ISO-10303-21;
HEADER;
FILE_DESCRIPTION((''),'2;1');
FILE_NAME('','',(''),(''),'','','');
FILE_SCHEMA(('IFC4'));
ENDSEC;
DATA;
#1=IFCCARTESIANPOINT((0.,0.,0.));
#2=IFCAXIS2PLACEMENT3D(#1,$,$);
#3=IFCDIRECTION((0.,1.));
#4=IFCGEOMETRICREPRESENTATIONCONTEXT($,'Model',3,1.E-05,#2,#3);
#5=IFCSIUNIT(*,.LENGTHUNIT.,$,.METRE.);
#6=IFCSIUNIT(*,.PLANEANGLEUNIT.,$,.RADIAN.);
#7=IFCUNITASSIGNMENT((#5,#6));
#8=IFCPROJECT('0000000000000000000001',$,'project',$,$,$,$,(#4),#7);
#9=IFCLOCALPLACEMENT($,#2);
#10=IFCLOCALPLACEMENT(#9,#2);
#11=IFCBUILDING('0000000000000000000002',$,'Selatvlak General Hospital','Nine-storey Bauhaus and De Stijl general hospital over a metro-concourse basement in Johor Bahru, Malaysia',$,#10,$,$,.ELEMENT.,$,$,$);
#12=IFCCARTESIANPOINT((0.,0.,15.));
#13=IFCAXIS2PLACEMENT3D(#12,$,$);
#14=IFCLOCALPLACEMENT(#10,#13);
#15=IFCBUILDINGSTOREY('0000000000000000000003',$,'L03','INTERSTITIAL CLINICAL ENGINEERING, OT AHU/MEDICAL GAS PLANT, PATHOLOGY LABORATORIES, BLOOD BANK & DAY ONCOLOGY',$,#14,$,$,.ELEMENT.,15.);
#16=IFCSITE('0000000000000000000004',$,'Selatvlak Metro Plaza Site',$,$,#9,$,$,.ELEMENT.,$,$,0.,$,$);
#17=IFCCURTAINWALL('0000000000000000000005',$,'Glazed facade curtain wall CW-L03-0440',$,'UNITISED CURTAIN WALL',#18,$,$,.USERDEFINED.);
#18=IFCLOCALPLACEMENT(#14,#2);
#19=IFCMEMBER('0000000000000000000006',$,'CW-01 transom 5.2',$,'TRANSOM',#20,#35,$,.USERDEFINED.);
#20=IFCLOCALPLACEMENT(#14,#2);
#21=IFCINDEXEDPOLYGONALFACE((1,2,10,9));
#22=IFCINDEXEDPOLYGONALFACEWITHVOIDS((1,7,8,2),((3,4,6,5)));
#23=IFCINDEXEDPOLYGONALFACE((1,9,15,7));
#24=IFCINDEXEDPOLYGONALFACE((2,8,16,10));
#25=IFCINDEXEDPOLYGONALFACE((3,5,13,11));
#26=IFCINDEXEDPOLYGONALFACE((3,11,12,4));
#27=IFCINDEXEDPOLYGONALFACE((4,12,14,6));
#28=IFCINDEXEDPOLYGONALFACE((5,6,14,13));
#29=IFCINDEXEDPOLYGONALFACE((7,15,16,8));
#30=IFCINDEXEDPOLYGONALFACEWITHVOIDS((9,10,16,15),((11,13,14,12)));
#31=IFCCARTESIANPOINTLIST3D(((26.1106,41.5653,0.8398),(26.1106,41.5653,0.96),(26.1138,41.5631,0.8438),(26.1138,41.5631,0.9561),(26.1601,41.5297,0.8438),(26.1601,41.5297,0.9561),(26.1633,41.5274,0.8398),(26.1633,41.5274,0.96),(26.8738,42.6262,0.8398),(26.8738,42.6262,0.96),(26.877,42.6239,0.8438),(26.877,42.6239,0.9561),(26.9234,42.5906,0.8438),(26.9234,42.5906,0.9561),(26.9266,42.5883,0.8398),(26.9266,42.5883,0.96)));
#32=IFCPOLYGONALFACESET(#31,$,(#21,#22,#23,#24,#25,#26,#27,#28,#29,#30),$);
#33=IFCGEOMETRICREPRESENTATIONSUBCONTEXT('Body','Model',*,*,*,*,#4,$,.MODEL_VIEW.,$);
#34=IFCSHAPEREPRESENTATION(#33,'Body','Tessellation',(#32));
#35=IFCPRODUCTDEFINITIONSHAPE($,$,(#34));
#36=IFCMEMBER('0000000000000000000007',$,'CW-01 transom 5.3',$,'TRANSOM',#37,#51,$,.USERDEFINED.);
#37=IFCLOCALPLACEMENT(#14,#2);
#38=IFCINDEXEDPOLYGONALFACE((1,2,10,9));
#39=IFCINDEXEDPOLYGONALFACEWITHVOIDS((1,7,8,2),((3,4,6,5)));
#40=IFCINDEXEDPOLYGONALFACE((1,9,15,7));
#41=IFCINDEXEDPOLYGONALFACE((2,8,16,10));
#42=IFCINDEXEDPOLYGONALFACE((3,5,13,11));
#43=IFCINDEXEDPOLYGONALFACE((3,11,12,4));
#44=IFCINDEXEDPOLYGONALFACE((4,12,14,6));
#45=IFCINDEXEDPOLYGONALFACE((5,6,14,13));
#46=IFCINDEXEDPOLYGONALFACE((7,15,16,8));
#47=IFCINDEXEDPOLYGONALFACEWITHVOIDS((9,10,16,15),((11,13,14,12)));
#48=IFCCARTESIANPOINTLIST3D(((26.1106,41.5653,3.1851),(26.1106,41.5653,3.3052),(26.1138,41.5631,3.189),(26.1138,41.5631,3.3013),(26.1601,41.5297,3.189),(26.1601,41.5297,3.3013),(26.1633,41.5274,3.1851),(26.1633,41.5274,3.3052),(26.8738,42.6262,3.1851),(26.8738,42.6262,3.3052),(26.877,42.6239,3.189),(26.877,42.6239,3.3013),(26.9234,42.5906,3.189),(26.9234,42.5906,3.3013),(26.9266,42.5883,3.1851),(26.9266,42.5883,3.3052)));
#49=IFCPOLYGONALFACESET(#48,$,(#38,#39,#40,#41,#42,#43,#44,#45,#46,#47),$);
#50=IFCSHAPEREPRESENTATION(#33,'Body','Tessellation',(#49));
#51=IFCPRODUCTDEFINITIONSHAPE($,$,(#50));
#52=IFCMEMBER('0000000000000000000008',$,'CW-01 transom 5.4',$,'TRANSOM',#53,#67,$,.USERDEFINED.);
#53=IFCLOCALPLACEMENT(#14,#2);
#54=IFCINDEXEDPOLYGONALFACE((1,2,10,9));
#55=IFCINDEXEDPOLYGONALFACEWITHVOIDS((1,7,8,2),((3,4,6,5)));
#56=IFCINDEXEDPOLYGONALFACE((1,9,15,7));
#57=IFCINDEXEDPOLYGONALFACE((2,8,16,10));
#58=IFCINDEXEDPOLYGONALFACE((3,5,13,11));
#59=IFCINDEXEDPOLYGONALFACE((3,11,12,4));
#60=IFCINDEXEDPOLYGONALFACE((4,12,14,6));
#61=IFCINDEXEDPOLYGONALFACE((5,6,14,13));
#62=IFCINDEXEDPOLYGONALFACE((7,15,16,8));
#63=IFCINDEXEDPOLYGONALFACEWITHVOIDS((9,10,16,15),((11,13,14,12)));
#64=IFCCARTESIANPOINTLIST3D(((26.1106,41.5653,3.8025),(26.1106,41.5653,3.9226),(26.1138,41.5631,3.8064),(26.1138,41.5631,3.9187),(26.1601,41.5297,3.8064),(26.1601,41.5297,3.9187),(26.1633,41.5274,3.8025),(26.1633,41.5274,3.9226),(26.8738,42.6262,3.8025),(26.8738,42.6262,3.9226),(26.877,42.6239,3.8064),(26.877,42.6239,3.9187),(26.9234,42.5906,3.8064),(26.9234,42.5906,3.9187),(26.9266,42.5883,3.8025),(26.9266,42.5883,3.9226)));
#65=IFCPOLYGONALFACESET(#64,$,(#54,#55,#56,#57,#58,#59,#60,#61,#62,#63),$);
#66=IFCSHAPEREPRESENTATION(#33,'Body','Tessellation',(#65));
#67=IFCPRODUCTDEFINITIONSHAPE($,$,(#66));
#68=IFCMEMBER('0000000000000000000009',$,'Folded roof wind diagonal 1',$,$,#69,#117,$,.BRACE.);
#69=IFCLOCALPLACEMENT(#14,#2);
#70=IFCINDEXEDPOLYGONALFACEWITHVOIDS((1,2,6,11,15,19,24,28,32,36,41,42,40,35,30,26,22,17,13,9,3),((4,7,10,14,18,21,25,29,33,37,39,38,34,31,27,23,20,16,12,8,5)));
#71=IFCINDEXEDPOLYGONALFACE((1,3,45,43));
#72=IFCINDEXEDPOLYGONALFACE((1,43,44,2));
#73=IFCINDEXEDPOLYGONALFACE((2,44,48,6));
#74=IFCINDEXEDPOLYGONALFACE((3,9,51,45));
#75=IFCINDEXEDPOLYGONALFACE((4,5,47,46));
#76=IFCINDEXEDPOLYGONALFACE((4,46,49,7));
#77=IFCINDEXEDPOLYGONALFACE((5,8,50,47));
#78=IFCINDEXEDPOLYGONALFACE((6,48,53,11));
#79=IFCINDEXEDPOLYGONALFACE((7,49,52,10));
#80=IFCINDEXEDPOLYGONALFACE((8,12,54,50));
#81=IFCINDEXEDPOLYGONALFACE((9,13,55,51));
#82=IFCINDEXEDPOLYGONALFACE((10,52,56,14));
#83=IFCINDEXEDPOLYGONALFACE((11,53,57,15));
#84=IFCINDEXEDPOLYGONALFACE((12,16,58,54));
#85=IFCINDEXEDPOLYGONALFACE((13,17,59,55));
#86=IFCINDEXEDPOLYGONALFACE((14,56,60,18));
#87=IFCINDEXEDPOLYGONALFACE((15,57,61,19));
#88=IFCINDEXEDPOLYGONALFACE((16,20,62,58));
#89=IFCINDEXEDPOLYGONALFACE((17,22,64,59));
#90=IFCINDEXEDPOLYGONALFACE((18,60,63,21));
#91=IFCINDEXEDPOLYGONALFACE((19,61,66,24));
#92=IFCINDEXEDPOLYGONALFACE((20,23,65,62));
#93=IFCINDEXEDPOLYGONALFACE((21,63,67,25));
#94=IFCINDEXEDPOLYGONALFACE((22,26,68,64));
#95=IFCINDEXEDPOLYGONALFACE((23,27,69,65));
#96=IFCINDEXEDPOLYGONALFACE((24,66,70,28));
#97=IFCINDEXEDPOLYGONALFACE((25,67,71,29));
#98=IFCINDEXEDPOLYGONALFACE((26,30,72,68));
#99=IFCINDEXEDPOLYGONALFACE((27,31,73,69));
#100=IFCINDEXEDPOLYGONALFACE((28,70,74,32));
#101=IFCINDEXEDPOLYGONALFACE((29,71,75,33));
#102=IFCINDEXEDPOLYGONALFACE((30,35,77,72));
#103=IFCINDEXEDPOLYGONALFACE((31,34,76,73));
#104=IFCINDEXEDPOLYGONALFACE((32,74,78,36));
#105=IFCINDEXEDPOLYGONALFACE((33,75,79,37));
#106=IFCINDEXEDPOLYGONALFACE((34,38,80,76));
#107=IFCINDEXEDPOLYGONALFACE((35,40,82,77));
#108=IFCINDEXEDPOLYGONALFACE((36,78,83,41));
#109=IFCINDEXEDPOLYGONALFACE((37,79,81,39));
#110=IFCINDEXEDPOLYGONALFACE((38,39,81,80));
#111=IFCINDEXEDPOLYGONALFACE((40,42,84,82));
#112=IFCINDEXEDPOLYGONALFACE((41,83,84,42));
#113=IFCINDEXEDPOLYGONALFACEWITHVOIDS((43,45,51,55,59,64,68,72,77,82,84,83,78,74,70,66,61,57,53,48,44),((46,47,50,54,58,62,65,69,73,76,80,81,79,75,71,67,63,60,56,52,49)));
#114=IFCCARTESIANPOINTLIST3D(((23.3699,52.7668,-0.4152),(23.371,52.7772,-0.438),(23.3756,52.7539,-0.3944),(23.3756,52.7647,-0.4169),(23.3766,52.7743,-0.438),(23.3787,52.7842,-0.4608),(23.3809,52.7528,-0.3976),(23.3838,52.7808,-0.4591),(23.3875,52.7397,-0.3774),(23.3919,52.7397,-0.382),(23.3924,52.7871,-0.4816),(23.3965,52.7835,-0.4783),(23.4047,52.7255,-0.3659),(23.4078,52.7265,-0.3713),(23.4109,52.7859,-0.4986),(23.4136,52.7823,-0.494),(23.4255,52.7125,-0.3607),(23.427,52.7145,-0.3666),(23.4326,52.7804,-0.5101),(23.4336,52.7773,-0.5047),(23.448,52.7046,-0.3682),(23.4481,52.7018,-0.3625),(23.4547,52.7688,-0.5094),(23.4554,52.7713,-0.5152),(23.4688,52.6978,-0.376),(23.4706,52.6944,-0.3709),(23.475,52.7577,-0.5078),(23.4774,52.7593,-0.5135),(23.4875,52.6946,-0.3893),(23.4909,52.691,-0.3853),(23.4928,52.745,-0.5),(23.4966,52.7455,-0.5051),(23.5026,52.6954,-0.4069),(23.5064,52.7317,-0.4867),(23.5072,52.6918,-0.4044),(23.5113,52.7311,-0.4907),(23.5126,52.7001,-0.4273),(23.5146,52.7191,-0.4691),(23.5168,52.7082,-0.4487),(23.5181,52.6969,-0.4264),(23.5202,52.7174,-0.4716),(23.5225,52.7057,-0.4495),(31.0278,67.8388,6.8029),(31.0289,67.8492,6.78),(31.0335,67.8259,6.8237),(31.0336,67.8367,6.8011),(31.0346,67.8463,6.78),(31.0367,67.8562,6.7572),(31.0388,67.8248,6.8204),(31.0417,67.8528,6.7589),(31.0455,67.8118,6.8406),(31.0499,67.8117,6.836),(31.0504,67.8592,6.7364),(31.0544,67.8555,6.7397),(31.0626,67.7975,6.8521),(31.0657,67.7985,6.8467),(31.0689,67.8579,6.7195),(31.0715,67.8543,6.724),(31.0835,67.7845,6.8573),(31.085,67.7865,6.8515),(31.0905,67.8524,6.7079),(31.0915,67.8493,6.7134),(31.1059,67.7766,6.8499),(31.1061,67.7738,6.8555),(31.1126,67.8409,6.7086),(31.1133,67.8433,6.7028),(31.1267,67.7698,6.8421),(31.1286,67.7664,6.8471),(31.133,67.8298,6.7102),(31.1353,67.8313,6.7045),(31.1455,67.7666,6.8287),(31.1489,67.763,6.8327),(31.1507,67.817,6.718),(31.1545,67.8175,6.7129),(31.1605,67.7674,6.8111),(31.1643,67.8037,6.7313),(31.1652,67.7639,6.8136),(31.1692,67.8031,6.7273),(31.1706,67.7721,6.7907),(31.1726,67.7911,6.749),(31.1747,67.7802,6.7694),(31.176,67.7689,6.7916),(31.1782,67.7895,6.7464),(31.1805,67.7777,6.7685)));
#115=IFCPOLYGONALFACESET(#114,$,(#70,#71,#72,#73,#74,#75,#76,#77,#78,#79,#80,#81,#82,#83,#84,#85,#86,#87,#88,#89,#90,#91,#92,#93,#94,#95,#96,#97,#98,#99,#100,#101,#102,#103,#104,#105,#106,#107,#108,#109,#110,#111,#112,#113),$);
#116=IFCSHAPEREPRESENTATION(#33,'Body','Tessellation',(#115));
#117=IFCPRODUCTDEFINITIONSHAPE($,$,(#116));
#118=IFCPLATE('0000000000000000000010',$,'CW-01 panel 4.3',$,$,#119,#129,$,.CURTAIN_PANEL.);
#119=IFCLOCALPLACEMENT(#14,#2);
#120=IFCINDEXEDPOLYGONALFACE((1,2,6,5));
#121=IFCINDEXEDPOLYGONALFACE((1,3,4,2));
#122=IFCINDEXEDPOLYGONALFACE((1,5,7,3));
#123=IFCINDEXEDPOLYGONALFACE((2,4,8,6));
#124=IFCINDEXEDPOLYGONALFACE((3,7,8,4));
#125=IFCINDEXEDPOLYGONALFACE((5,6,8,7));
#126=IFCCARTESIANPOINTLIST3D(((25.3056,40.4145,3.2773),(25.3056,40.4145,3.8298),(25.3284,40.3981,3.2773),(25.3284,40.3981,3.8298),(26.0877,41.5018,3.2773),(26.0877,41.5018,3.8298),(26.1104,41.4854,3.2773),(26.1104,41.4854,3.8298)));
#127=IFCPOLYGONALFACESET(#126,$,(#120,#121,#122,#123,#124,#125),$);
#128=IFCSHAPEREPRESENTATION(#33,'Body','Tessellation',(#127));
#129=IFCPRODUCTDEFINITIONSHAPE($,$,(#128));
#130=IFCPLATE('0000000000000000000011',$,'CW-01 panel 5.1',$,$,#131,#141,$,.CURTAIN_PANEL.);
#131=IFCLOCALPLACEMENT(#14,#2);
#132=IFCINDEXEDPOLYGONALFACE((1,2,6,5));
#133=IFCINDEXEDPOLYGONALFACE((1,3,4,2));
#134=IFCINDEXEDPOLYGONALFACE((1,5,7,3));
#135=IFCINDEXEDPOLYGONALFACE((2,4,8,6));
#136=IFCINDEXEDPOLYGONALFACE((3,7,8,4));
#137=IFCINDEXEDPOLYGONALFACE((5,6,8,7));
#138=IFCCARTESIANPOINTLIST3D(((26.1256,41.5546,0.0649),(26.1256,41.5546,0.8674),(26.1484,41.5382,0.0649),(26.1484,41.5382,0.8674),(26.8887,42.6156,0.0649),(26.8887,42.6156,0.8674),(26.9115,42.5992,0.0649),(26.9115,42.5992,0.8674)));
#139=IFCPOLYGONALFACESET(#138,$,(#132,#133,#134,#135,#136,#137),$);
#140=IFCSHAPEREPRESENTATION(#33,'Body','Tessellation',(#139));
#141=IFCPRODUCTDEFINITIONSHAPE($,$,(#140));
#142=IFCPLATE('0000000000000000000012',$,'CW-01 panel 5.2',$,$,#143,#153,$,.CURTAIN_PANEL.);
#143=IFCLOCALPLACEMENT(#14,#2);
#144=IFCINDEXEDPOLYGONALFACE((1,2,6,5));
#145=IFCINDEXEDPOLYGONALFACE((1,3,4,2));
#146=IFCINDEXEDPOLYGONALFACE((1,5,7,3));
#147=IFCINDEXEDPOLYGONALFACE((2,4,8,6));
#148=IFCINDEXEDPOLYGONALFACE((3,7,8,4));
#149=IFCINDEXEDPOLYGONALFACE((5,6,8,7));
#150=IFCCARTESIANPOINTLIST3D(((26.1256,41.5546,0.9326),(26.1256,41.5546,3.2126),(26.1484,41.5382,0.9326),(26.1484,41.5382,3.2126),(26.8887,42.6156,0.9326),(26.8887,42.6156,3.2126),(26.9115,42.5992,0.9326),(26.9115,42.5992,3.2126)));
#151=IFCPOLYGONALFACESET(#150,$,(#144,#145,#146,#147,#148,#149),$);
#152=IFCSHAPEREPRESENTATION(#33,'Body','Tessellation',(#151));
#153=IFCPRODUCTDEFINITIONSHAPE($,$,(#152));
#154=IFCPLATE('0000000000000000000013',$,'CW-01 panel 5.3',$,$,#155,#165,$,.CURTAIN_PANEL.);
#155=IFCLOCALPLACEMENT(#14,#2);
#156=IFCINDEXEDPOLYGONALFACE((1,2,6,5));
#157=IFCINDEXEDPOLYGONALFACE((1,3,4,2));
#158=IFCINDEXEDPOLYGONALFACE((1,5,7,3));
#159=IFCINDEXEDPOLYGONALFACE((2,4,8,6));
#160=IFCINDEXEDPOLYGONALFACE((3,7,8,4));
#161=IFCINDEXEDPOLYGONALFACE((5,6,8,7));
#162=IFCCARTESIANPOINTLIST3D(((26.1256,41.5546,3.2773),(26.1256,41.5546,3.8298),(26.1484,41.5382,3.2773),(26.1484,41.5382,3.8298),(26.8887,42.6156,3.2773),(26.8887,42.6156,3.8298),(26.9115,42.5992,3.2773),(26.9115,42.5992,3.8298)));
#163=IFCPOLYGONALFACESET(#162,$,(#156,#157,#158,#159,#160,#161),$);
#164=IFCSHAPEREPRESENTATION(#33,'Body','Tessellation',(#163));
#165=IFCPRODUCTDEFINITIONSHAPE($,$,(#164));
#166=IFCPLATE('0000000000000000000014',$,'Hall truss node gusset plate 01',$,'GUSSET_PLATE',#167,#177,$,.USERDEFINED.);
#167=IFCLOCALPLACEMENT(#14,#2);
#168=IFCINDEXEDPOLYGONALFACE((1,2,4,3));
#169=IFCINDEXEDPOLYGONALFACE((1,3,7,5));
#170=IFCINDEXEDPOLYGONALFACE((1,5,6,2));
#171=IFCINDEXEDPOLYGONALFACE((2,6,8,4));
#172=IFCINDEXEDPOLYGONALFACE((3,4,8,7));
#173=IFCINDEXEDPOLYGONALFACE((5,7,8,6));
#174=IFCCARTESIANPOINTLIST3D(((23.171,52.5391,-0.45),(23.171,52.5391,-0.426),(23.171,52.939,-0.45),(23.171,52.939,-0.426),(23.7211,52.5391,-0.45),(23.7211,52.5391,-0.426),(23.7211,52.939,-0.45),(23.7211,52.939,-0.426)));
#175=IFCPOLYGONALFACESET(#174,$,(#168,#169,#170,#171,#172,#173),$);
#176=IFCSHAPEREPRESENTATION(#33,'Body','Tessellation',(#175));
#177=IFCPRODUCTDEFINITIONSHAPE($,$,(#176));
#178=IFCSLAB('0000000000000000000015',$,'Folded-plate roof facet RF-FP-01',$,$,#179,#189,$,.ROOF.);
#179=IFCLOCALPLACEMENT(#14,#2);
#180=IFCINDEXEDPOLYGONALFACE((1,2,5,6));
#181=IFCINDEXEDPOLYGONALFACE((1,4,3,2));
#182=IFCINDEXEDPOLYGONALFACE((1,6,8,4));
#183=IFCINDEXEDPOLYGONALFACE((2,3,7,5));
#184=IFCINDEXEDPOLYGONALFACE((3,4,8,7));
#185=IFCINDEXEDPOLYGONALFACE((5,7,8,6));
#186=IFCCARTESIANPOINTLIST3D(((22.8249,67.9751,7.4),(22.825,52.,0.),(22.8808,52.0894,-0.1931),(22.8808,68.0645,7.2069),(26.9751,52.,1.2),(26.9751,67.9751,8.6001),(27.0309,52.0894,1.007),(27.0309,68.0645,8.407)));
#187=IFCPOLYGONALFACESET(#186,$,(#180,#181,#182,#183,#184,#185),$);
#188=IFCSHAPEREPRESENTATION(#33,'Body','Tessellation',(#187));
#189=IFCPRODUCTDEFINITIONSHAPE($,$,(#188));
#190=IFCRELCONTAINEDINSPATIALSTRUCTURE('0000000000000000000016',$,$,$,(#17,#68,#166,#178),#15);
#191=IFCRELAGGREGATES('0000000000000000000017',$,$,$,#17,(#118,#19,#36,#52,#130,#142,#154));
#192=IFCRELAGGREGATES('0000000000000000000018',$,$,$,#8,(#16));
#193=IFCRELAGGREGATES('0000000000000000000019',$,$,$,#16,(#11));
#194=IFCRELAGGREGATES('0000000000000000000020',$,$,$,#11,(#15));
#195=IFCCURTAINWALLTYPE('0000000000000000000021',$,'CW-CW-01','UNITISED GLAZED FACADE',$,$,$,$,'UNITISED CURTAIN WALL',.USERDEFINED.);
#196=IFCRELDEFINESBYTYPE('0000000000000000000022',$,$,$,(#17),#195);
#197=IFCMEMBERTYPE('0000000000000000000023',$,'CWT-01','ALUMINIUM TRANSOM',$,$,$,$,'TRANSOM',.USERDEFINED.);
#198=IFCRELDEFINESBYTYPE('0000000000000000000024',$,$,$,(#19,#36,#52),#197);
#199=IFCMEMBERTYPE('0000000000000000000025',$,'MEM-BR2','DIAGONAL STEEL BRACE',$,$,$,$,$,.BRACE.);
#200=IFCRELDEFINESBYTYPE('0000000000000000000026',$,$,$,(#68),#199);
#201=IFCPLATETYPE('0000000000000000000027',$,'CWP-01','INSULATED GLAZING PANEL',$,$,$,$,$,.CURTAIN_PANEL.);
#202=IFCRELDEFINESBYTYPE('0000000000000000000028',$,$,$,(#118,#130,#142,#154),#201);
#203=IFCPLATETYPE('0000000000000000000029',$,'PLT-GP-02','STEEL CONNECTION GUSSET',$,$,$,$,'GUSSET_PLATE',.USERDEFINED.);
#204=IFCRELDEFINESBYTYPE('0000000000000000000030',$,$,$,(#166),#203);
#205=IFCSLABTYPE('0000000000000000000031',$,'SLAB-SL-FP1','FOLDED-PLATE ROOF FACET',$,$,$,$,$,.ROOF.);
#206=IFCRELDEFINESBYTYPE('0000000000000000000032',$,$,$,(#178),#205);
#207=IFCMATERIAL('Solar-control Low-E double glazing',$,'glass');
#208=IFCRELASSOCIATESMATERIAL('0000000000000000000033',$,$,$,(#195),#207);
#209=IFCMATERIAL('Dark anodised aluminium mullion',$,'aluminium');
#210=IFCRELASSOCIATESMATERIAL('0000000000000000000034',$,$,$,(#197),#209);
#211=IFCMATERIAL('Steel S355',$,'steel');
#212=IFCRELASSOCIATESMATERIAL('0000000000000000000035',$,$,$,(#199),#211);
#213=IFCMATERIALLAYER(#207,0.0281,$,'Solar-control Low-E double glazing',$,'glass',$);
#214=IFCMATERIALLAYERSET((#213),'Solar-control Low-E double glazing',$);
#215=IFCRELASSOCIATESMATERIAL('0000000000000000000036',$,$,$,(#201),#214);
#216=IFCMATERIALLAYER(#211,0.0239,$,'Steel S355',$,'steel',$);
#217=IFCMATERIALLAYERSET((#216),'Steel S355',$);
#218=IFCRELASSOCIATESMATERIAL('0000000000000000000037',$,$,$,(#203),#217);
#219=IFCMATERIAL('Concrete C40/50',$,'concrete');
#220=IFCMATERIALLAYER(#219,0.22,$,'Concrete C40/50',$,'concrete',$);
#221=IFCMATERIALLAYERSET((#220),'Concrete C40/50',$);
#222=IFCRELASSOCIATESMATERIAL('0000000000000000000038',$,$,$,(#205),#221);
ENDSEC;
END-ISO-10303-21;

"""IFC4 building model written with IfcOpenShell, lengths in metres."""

from ifc_helpers import new_model, si_unit, direction, frame, origin, origin_2d, place, context, subcontext, project, spatial, polyline, rectangle, hollow_rectangle, hollow_circle, outline, extrude, material, layer, layer_set, material_profile, profile_set, type_object, element, aggregate, save


model = new_model("IFC4")

# Units and contexts
model_context = context("Model", 3, precision=1e-05, world=origin(), true_north=direction((0.0, 1.0)))
body_context = subcontext(model_context, "Body", "Model", "MODEL_VIEW")
ifc_project = project(units=[si_unit("LENGTHUNIT", "METRE"), si_unit("PLANEANGLEUNIT", "RADIAN")], contexts=[model_context])

# Site, building, storey
site_placement = place(None, origin())
site = spatial("IfcSite", under=ifc_project, at=site_placement, Name="Selatvlak Metro Plaza Site", CompositionType="ELEMENT", RefElevation=0.0)
building_placement = place(site_placement, origin())
building = spatial("IfcBuilding", under=site, at=building_placement, Name="Selatvlak General Hospital", Description="Nine-storey Bauhaus and De Stijl general hospital over a metro-concourse basement in Johor Bahru, Malaysia", CompositionType="ELEMENT")
storey_placement = place(building_placement, frame((0.0, 0.0, 15.0)))
storey = spatial("IfcBuildingStorey", under=building, at=storey_placement, Name="L03", Description="INTERSTITIAL CLINICAL ENGINEERING, OT AHU/MEDICAL GAS PLANT, PATHOLOGY LABORATORIES, BLOOD BANK & DAY ONCOLOGY", CompositionType="ELEMENT", Elevation=15.0)

# Shared definitions
ifc_material_1 = material(Name="Concrete C40/50", Category="concrete")
ifc_material_2 = material(Name="Steel S355", Category="steel")

# Shared definitions
ifc_material_3 = material(Name="Solar-control Low-E double glazing", Category="glass")
ifc_material_4 = material(Name="Dark anodised aluminium mullion", Category="aluminium")

# Curtain wall
curtain_wall_type_1 = type_object("IfcCurtainWallType", Name="CW-CW-01", Description="UNITISED GLAZED FACADE", ElementType="UNITISED CURTAIN WALL", PredefinedType="USERDEFINED", material=ifc_material_3)
curtain_wall_1_placement = place(storey_placement, origin())
curtain_wall_1 = element("IfcCurtainWall", 1, at=curtain_wall_1_placement, inside=storey, type_object=curtain_wall_type_1, Name="Glazed facade curtain wall CW-L03-0440", ObjectType="UNITISED CURTAIN WALL", PredefinedType="USERDEFINED")

# Members
ifc_material_profile_1 = material_profile(ifc_material_4, hollow_rectangle(XDim=0.0649, YDim=0.1201, WallThickness=0.0039, at=origin_2d()), Name="AL-TRN 65x120x4")
ifc_profile_set_1 = profile_set([ifc_material_profile_1], Name="Dark anodised aluminium mullion")
member_type_1 = type_object("IfcMemberType", Name="CWT-01", Description="ALUMINIUM TRANSOM", ElementType="TRANSOM", PredefinedType="USERDEFINED", material=ifc_profile_set_1)
member_1_placement = place(storey_placement, frame((26.137, 41.5464, 0.8999), z_axis=(0.584009, 0.811747, 0.0), x_axis=(-0.811747, 0.584009, 0.0)))
member_1 = element("IfcMember", 2, at=member_1_placement, type_object=member_type_1, Name="CW-01 transom 5.2", ObjectType="TRANSOM", PredefinedType="USERDEFINED", context=body_context, shape_type="SweptSolid", body=[
    extrude(hollow_rectangle(XDim=0.0649, YDim=0.1201, WallThickness=0.0039, at=origin_2d()), origin(), (0.0, 0.0, 1.0), 1.3069),
])
member_2_placement = place(storey_placement, frame((26.137, 41.5464, 3.2451), z_axis=(0.584009, 0.811747, 0.0), x_axis=(-0.811747, 0.584009, 0.0)))
member_2 = element("IfcMember", 3, at=member_2_placement, type_object=member_type_1, Name="CW-01 transom 5.3", ObjectType="TRANSOM", PredefinedType="USERDEFINED", context=body_context, shape_type="SweptSolid", body=[
    extrude(hollow_rectangle(XDim=0.0649, YDim=0.1201, WallThickness=0.0039, at=origin_2d()), origin(), (0.0, 0.0, 1.0), 1.3069),
])
member_3_placement = place(storey_placement, frame((26.137, 41.5464, 3.8625), z_axis=(0.584009, 0.811747, 0.0), x_axis=(-0.811747, 0.584009, 0.0)))
member_3 = element("IfcMember", 4, at=member_3_placement, type_object=member_type_1, Name="CW-01 transom 5.4", ObjectType="TRANSOM", PredefinedType="USERDEFINED", context=body_context, shape_type="SweptSolid", body=[
    extrude(hollow_rectangle(XDim=0.0649, YDim=0.1201, WallThickness=0.0039, at=origin_2d()), origin(), (0.0, 0.0, 1.0), 1.3069),
])
ifc_material_profile_2 = material_profile(ifc_material_2, hollow_circle(Radius=0.0842, WallThickness=0.0063, at=origin_2d()), Name="CHS 168.3x6.3")
ifc_profile_set_2 = profile_set([ifc_material_profile_2], Name="Steel S355")
member_type_2 = type_object("IfcMemberType", Name="MEM-BR2", Description="DIAGONAL STEEL BRACE", PredefinedType="BRACE", material=ifc_profile_set_2)
member_4_placement = place(storey_placement, frame((23.446, 52.739, -0.438), z_axis=(0.416594, 0.819919, 0.392661), x_axis=(-0.891523, 0.452975, 0.0)))
element("IfcMember", 5, at=member_4_placement, inside=storey, type_object=member_type_2, Name="Folded roof wind diagonal 1", PredefinedType="BRACE", context=body_context, shape_type="SweptSolid", body=[
    extrude(hollow_circle(Radius=0.0842, WallThickness=0.0063, at=origin_2d()), origin(), (0.0, 0.0, 1.0), 18.3823),
])

# Plates
ifc_layer_1 = layer(ifc_material_3, 0.0281, Name="Solar-control Low-E double glazing", Category="glass")
ifc_layer_set_1 = layer_set([ifc_layer_1], Name="Solar-control Low-E double glazing")
plate_type_1 = type_object("IfcPlateType", Name="CWP-01", Description="INSULATED GLAZING PANEL", PredefinedType="CURTAIN_PANEL", material=ifc_layer_set_1)
plate_1_placement = place(storey_placement, frame((25.708, 40.95, 3.2773), z_axis=(0.0, 0.0, 1.0), x_axis=(0.583929, 0.811804, 0.0)))
plate_1 = element("IfcPlate", 6, at=plate_1_placement, type_object=plate_type_1, Name="CW-01 panel 4.3", PredefinedType="CURTAIN_PANEL", context=body_context, shape_type="SweptSolid", body=[
    extrude(rectangle(XDim=1.3394, YDim=0.0281, at=origin_2d()), origin(), (0.0, 0.0, 1.0), 0.5525),
])
plate_2_placement = place(storey_placement, frame((26.5186, 42.0769, 0.0649), z_axis=(0.0, 0.0, 1.0), x_axis=(0.583929, 0.811804, 0.0)))
plate_2 = element("IfcPlate", 7, at=plate_2_placement, type_object=plate_type_1, Name="CW-01 panel 5.1", PredefinedType="CURTAIN_PANEL", context=body_context, shape_type="SweptSolid", body=[
    extrude(rectangle(XDim=1.3069, YDim=0.0281, at=origin_2d()), origin(), (0.0, 0.0, 1.0), 0.8025),
])
plate_3_placement = place(storey_placement, frame((26.5186, 42.0769, 0.9326), z_axis=(0.0, 0.0, 1.0), x_axis=(0.583929, 0.811804, 0.0)))
plate_3 = element("IfcPlate", 8, at=plate_3_placement, type_object=plate_type_1, Name="CW-01 panel 5.2", PredefinedType="CURTAIN_PANEL", context=body_context, shape_type="SweptSolid", body=[
    extrude(rectangle(XDim=1.3069, YDim=0.0281, at=origin_2d()), origin(), (0.0, 0.0, 1.0), 2.28),
])
plate_4_placement = place(storey_placement, frame((26.5186, 42.0769, 3.2773), z_axis=(0.0, 0.0, 1.0), x_axis=(0.583929, 0.811804, 0.0)))
plate_4 = element("IfcPlate", 9, at=plate_4_placement, type_object=plate_type_1, Name="CW-01 panel 5.3", PredefinedType="CURTAIN_PANEL", context=body_context, shape_type="SweptSolid", body=[
    extrude(rectangle(XDim=1.3069, YDim=0.0281, at=origin_2d()), origin(), (0.0, 0.0, 1.0), 0.5525),
])
aggregate(curtain_wall_1, [plate_1, member_1, member_2, member_3, plate_2, plate_3, plate_4])
ifc_layer_2 = layer(ifc_material_2, 0.0239, Name="Steel S355", Category="steel")
ifc_layer_set_2 = layer_set([ifc_layer_2], Name="Steel S355")
plate_type_2 = type_object("IfcPlateType", Name="PLT-GP-02", Description="STEEL CONNECTION GUSSET", ElementType="GUSSET_PLATE", PredefinedType="USERDEFINED", material=ifc_layer_set_2)
plate_5_placement = place(storey_placement, frame((23.446, 52.739, -0.45), z_axis=(0.0, 0.0, 1.0), x_axis=(1.0, 0.0, 0.0)))
element("IfcPlate", 10, at=plate_5_placement, inside=storey, type_object=plate_type_2, Name="Hall truss node gusset plate 01", ObjectType="GUSSET_PLATE", PredefinedType="USERDEFINED", context=body_context, shape_type="SweptSolid", body=[
    extrude(rectangle(XDim=0.55, YDim=0.3999, at=origin_2d()), origin(), (0.0, 0.0, 1.0), 0.0239),
])

# Slab
ifc_layer_3 = layer(ifc_material_1, 0.22, Name="Concrete C40/50", Category="concrete")
ifc_layer_set_3 = layer_set([ifc_layer_3], Name="Concrete C40/50")
slab_type = type_object("IfcSlabType", Name="SLAB-SL-FP1", Description="FOLDED-PLATE ROOF FACET", PredefinedType="ROOF", material=ifc_layer_set_3)
slab_placement = place(storey_placement, frame((22.825, 52.0, 0.0), z_axis=(-0.25379, -0.406556, 0.877669), x_axis=(0.960645, -0.00001, 0.277779)))
element("IfcSlab", 11, at=slab_placement, inside=storey, type_object=slab_type, Name="Folded-plate roof facet RF-FP-01", PredefinedType="ROOF", context=body_context, shape_type="SweptSolid", body=[
    extrude(outline(polyline([(0.0, 0.0), (4.3201, 0.0), (6.3756, 17.4855), (2.0554, 17.4854), (0.0, 0.0)])), origin(), (0.0, 0.0, -1.0), 0.22),
])

save(model, "model.ifc")
